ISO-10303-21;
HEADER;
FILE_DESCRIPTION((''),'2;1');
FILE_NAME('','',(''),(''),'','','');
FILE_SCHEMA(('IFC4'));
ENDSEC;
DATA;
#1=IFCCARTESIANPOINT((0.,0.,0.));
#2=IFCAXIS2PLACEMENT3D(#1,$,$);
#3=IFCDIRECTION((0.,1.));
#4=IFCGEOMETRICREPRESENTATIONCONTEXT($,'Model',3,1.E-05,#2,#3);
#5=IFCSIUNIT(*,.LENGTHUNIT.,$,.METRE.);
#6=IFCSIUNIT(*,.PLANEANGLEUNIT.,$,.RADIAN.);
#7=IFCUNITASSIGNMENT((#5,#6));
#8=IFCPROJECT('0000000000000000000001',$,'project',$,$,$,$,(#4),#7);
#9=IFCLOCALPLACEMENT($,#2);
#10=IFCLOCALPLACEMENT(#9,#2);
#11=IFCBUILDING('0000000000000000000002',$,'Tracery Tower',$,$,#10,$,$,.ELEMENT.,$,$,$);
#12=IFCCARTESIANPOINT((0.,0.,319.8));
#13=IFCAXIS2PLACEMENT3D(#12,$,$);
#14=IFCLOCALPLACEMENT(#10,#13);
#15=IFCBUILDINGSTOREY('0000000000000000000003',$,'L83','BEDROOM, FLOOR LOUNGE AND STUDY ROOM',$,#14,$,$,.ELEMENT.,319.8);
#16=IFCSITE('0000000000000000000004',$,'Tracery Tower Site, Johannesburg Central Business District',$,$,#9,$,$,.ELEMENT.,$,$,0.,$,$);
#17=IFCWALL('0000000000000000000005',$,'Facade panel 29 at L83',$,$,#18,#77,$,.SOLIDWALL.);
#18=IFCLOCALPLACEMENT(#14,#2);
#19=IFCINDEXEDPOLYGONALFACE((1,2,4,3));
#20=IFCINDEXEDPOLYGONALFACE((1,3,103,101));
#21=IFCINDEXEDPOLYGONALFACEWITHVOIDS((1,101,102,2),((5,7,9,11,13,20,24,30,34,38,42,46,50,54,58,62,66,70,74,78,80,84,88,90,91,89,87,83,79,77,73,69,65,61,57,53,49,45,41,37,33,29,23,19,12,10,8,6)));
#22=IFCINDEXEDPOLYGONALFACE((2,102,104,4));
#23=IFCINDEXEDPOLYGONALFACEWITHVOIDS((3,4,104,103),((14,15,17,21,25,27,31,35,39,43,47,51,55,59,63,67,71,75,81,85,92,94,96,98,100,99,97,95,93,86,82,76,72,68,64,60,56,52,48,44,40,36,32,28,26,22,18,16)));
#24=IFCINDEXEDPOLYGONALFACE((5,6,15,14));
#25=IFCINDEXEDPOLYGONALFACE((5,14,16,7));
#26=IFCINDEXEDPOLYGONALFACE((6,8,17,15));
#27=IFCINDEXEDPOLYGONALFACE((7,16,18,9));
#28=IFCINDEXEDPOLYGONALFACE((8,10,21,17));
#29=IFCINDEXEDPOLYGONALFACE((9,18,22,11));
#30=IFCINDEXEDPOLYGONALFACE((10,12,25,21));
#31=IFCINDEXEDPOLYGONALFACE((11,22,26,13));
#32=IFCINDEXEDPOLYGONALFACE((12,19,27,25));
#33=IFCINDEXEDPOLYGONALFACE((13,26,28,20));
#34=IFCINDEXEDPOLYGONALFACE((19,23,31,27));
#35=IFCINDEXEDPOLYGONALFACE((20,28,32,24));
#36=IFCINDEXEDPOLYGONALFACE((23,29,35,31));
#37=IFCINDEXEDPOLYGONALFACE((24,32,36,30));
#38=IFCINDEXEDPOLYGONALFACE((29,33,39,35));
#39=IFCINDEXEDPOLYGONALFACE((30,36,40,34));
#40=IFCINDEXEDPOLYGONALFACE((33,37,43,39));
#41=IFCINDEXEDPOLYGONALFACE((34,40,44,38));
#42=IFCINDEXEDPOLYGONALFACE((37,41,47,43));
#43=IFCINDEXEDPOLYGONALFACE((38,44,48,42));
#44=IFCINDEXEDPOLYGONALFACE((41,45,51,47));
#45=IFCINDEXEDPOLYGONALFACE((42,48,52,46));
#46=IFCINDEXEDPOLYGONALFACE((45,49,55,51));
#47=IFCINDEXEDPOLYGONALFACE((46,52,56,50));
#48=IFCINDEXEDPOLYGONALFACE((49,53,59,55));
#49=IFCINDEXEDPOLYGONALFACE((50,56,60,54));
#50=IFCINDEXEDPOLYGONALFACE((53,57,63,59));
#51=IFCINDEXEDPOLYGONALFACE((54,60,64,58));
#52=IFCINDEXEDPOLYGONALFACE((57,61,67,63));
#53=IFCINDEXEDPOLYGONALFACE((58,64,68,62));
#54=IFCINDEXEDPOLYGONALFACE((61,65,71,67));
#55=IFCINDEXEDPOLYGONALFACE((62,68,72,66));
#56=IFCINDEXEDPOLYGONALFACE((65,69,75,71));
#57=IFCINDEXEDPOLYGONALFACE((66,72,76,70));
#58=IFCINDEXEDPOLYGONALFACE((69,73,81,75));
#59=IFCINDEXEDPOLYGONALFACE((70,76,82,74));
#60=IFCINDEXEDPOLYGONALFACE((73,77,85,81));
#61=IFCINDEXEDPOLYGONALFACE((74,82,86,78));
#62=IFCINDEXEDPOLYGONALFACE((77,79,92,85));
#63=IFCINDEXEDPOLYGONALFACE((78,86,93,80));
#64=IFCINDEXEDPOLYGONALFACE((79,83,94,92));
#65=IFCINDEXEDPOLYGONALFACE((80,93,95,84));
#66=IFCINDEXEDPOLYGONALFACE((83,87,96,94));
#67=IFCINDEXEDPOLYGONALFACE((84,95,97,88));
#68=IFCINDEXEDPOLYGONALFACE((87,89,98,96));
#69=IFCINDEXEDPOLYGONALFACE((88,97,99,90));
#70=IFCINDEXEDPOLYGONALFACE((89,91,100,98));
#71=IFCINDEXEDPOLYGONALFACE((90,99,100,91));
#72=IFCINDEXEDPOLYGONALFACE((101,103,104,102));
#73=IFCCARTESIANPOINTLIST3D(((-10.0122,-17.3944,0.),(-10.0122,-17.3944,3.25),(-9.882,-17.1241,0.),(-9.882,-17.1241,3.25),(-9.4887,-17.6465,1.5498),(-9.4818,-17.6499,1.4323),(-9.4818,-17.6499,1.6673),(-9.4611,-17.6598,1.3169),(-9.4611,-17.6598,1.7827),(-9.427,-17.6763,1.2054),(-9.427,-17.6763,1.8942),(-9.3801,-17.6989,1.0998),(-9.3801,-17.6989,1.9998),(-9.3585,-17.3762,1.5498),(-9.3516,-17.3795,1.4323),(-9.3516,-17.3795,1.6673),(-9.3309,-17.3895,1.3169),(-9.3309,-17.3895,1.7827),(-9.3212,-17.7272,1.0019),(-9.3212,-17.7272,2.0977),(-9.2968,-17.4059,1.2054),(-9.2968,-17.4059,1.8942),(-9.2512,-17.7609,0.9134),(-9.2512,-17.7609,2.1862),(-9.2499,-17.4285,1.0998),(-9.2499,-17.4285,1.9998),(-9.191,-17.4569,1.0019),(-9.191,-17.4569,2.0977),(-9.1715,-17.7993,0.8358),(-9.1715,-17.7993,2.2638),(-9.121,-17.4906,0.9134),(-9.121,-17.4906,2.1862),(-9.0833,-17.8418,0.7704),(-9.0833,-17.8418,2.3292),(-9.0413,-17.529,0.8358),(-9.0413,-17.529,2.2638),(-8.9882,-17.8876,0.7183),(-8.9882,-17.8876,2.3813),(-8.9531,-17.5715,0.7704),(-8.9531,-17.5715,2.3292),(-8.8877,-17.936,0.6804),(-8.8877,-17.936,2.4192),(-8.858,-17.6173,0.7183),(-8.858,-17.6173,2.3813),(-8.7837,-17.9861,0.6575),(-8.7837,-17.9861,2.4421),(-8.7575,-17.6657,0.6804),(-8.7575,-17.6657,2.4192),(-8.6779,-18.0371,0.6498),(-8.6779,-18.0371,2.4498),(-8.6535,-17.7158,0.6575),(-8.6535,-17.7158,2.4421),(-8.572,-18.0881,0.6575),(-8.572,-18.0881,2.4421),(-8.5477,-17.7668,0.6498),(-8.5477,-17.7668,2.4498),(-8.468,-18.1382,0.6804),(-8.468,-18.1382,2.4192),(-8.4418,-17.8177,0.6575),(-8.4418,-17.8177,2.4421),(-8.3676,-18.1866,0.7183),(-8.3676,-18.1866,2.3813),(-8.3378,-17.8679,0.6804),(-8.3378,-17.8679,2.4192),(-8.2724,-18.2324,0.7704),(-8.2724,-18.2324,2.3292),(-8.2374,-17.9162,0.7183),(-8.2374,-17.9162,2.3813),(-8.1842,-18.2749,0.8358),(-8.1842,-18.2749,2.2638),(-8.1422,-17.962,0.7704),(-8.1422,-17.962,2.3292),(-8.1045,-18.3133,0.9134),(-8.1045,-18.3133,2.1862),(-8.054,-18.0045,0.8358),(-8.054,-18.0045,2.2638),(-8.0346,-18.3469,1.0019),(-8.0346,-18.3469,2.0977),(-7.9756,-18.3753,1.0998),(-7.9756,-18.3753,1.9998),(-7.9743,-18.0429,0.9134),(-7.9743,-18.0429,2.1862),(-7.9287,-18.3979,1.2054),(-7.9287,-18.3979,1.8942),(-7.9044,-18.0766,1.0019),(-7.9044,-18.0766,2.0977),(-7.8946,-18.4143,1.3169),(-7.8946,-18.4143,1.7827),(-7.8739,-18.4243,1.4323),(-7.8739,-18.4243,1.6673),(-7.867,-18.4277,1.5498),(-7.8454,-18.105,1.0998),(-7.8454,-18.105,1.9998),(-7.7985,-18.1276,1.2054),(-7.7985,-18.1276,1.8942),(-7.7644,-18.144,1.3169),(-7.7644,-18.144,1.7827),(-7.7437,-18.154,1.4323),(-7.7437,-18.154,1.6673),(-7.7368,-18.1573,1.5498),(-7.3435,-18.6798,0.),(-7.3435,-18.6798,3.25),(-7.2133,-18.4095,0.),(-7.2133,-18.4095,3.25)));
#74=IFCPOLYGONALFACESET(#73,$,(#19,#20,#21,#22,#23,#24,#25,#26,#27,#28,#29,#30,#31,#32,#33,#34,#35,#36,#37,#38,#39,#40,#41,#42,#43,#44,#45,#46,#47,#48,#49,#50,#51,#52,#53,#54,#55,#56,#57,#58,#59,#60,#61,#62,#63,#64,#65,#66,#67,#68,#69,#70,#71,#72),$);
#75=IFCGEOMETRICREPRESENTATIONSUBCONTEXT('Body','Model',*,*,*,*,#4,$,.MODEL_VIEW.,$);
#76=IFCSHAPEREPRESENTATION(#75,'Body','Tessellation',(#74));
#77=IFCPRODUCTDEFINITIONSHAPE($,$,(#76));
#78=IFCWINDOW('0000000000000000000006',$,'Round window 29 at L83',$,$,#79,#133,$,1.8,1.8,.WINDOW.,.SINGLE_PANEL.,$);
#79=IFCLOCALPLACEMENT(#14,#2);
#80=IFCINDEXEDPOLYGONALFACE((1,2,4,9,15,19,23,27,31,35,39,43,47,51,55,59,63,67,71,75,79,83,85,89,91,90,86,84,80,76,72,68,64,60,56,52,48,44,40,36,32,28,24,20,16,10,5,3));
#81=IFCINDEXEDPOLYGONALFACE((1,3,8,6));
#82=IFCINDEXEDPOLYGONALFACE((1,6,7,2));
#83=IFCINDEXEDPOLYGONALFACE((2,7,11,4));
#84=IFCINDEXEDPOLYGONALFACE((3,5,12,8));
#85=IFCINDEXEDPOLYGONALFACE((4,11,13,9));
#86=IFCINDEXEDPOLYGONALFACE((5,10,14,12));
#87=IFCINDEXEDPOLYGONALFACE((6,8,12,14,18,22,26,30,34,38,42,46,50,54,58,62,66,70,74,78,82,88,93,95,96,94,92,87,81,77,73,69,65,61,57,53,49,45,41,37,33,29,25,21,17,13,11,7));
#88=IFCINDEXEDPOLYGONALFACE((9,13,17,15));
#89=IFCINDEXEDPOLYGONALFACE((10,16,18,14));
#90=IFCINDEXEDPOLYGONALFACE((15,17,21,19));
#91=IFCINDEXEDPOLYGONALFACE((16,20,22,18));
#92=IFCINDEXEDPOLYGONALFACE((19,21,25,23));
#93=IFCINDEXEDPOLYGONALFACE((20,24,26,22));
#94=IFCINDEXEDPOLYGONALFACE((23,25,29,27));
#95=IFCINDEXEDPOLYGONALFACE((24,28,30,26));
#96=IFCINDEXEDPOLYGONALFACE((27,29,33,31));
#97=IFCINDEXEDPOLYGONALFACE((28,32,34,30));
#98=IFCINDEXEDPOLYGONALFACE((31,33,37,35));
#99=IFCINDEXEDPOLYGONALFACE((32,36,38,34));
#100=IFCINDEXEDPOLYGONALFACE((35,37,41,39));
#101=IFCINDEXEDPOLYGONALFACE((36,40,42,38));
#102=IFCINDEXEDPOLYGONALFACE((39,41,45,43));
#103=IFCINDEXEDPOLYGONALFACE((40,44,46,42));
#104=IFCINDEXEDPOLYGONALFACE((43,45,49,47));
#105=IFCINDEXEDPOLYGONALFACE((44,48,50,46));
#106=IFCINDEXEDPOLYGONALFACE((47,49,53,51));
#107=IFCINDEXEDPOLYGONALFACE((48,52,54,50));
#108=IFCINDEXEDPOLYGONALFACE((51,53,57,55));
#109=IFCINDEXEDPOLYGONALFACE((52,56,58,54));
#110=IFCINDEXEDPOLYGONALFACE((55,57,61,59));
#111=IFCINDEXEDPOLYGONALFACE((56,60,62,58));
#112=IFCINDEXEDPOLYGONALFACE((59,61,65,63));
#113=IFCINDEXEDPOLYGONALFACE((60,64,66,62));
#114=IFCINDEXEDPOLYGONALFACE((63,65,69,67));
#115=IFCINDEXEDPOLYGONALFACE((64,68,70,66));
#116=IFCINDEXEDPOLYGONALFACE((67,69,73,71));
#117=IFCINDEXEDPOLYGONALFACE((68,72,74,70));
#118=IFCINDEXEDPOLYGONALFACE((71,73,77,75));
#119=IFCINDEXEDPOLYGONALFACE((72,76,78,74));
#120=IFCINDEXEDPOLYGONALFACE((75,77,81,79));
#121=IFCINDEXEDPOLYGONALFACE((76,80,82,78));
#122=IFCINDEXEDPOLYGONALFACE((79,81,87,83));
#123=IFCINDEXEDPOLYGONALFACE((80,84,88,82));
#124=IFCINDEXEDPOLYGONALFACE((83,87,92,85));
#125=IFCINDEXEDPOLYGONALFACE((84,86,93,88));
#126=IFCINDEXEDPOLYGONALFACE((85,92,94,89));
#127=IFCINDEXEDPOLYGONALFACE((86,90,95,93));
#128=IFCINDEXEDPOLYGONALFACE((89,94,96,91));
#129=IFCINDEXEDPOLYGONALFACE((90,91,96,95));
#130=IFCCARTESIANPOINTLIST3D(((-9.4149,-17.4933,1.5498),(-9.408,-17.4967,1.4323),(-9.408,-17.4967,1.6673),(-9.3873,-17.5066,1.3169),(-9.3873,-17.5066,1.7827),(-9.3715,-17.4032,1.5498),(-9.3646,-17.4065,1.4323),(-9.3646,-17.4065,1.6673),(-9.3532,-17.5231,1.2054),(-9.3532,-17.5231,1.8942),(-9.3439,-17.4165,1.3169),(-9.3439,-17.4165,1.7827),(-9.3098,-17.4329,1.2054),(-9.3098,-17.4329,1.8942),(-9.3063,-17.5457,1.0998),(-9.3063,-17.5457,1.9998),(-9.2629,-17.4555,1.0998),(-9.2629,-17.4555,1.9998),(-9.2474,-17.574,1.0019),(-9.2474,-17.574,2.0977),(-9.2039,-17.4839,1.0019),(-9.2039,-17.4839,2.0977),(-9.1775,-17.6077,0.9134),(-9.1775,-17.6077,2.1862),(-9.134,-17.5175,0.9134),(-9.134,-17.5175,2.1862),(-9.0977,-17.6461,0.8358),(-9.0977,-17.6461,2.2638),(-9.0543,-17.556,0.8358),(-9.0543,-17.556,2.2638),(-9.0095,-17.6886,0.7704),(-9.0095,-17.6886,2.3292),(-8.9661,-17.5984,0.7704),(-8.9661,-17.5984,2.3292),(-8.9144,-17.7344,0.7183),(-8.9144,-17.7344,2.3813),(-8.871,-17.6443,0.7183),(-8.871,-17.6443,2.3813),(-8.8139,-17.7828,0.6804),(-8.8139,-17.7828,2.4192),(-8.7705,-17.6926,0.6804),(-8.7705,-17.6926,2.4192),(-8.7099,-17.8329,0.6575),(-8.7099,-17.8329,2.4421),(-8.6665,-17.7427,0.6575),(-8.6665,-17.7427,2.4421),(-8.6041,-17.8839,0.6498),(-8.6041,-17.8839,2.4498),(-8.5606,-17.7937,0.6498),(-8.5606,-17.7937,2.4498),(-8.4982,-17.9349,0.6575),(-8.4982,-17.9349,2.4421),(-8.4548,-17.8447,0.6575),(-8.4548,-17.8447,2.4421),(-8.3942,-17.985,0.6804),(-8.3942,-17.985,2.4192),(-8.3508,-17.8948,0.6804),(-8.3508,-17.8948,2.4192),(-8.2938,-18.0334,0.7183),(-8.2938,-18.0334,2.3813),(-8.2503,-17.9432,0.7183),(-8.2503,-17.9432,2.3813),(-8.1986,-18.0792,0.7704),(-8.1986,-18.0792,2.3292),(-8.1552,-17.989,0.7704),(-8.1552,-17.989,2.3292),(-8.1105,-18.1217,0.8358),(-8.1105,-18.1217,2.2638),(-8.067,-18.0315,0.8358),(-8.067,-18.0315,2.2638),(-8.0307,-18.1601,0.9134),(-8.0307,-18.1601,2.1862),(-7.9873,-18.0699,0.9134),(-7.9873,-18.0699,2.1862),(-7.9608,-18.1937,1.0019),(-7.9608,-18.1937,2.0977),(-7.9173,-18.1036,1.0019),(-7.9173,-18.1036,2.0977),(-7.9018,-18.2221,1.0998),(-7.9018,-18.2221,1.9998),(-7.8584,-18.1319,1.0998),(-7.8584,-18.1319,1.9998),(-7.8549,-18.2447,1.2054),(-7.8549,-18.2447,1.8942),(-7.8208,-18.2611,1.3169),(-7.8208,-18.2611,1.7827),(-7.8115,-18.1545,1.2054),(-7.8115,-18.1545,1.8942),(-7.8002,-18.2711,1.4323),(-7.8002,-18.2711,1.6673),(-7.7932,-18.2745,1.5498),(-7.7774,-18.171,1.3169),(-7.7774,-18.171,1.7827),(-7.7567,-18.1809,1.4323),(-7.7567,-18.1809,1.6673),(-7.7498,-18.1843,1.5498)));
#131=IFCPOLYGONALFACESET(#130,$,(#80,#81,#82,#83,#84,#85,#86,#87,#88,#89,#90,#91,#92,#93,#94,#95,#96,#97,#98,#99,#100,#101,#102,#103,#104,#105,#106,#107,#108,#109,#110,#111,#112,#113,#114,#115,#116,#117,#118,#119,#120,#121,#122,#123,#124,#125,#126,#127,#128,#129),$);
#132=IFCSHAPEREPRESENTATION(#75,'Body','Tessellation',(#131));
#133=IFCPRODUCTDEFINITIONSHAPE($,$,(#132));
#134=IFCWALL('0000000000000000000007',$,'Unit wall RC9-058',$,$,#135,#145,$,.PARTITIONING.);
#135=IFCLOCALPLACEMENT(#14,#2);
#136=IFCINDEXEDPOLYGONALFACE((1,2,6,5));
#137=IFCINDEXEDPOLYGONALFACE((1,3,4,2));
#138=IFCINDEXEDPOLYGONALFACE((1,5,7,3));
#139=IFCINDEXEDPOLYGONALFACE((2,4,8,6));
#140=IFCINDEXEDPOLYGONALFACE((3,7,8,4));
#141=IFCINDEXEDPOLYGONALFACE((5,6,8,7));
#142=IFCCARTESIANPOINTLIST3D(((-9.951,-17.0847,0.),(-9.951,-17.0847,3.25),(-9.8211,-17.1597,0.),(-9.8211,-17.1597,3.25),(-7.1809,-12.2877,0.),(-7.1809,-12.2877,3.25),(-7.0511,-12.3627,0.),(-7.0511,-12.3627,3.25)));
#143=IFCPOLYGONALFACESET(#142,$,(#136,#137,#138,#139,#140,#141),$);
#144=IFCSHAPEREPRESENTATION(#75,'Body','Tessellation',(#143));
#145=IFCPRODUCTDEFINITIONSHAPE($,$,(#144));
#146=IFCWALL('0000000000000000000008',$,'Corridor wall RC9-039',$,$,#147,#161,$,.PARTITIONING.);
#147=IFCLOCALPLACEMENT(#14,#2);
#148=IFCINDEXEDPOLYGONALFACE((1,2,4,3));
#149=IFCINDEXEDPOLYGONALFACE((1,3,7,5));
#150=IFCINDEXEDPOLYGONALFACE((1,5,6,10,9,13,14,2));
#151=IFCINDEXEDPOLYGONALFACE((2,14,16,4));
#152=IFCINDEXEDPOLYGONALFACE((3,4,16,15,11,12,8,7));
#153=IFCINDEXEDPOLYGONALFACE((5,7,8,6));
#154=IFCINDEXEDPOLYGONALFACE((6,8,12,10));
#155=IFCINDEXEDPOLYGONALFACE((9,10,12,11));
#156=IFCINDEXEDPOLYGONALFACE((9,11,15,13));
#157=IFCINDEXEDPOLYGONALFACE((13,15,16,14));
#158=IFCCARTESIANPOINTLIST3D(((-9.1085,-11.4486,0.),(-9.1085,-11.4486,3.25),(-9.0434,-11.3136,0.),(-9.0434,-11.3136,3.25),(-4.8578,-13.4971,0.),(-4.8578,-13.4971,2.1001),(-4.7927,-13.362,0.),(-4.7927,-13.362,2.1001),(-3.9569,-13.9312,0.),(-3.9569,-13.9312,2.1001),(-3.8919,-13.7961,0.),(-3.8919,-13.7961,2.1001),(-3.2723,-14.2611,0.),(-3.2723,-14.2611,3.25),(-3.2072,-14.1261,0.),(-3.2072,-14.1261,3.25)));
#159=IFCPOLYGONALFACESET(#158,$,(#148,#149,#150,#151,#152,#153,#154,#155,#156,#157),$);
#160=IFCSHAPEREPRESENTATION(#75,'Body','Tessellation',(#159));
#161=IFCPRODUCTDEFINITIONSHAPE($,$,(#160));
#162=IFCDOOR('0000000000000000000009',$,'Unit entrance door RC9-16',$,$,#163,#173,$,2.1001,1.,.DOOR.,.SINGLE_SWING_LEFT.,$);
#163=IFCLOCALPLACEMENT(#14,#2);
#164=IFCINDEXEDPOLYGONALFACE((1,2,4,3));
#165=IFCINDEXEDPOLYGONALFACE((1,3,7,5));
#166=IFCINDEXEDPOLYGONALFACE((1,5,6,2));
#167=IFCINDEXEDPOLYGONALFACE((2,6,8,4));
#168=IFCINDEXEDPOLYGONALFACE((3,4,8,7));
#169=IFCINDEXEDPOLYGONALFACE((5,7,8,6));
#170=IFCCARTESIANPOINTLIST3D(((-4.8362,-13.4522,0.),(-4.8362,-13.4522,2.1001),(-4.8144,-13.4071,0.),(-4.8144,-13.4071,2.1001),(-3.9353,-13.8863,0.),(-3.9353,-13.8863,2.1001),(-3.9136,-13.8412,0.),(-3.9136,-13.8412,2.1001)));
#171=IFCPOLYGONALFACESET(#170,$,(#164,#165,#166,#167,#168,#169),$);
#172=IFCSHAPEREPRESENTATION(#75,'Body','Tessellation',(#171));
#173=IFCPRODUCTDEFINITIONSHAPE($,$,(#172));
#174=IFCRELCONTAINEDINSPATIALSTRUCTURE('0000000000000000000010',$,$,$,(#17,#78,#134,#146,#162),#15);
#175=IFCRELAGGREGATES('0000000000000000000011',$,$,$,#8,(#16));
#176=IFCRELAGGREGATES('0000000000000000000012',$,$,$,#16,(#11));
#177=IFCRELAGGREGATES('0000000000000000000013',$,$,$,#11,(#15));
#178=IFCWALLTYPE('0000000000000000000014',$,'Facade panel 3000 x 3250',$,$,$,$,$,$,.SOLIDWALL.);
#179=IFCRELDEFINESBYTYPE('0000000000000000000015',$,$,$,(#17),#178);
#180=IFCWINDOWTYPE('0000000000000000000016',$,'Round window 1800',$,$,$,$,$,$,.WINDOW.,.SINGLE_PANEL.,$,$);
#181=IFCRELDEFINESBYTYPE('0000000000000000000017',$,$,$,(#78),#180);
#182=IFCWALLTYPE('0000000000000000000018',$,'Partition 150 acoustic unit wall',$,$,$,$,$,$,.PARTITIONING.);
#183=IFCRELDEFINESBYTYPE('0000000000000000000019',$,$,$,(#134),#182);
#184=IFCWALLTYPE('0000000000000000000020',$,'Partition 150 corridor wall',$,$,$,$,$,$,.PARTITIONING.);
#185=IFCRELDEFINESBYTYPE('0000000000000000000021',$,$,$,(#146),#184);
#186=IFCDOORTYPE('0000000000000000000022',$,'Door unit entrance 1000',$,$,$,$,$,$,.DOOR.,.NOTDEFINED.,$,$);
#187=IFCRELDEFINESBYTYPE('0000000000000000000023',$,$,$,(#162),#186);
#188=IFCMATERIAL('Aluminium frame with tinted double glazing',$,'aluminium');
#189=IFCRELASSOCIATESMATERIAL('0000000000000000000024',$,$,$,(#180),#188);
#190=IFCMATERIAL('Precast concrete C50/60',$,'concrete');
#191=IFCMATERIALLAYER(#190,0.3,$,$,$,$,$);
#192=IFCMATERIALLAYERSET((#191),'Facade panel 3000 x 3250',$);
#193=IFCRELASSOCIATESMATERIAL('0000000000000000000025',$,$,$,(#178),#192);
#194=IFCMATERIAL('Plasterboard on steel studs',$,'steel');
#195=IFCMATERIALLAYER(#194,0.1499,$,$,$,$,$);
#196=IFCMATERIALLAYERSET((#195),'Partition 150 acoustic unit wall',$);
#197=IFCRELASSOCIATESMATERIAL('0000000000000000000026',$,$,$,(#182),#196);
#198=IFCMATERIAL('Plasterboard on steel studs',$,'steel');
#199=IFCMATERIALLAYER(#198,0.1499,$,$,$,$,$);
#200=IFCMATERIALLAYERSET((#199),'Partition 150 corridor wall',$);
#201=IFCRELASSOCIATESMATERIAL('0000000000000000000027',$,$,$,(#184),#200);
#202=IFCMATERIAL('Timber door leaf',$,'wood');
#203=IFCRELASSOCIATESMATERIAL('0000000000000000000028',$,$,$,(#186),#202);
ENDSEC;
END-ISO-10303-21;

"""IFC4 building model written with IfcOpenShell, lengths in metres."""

from ifc_helpers import new_model, si_unit, direction, frame, frame_2d, origin, origin_2d, place, context, subcontext, project, spatial, rectangle, circle, extrude, material, layer, layer_set, type_object, element, fill, save


model = new_model("IFC4")

# Units and contexts
model_context = context("Model", 3, precision=1e-05, world=origin(), true_north=direction((0.0, 1.0)))
body_context = subcontext(model_context, "Body", "Model", "MODEL_VIEW")
ifc_project = project(units=[si_unit("LENGTHUNIT", "METRE"), si_unit("PLANEANGLEUNIT", "RADIAN")], contexts=[model_context])

# Site, building, storey
site_placement = place(None, origin())
site = spatial("IfcSite", under=ifc_project, at=site_placement, Name="Tracery Tower Site, Johannesburg Central Business District", CompositionType="ELEMENT", RefElevation=0.0)
building_placement = place(site_placement, origin())
building = spatial("IfcBuilding", under=site, at=building_placement, Name="Tracery Tower", CompositionType="ELEMENT")
storey_placement = place(building_placement, frame((0.0, 0.0, 319.8)))
storey = spatial("IfcBuildingStorey", under=building, at=storey_placement, Name="L83", Description="BEDROOM, FLOOR LOUNGE AND STUDY ROOM", CompositionType="ELEMENT", Elevation=319.8)

# Wall, opening, window
ifc_material_1 = material(Name="Aluminium frame with tinted double glazing", Category="aluminium")
window_type = type_object("IfcWindowType", Name="Round window 1800", PartitioningType="SINGLE_PANEL", PredefinedType="WINDOW", material=ifc_material_1)
ifc_material_2 = material(Name="Precast concrete C50/60", Category="concrete")
ifc_layer_1 = layer(ifc_material_2, 0.3)
ifc_layer_set_1 = layer_set([ifc_layer_1], Name="Facade panel 3000 x 3250")
wall_type_1 = type_object("IfcWallType", Name="Facade panel 3000 x 3250", PredefinedType="SOLIDWALL", material=ifc_layer_set_1)
wall_1_placement = place(storey_placement, frame((-9.947, -17.2593, 0.0), z_axis=(0.0, 0.0, 1.0), x_axis=(0.90094, -0.433944, 0.0)))
wall_1 = element("IfcWall", 1, at=wall_1_placement, inside=storey, type_object=wall_type_1, Name="Facade panel 29 at L83", PredefinedType="SOLIDWALL", context=body_context, shape_type="SweptSolid", body=[
    extrude(rectangle(XDim=2.9622, YDim=0.3, at=frame_2d((1.481, 0.0))), origin(), (0.0, 0.0, 1.0), 3.25),
])
opening_1_placement = place(wall_1_placement, frame((1.481, 0.0, 1.5498)))
opening_1 = element("IfcOpeningElement", 2, at=opening_1_placement, cuts=wall_1, PredefinedType="OPENING", context=body_context, shape_type="SweptSolid", body=[
    extrude(circle(Radius=0.9, at=origin_2d()), frame((0.0, 0.1599, 0.0), z_axis=(0.0, -1.0, 0.0), x_axis=(1.0, 0.0, 0.0)), (0.0, 0.0, 1.0), 0.3201),
])
window_1_placement = place(opening_1_placement, origin())
window_1 = element("IfcWindow", 3, at=window_1_placement, inside=storey, type_object=window_type, Name="Round window 29 at L83", OverallHeight=1.8, OverallWidth=1.8, PartitioningType="SINGLE_PANEL", PredefinedType="WINDOW", context=body_context, shape_type="SweptSolid", body=[
    extrude(circle(Radius=0.9, at=origin_2d()), frame((0.0, 0.1201, 0.0), z_axis=(0.0, -1.0, 0.0), x_axis=(1.0, 0.0, 0.0)), (0.0, 0.0, 1.0), 0.1001),
])
fill(opening_1, window_1)

# Wall
ifc_material_3 = material(Name="Plasterboard on steel studs", Category="steel")
ifc_layer_2 = layer(ifc_material_3, 0.1499)
ifc_layer_set_2 = layer_set([ifc_layer_2], Name="Partition 150 acoustic unit wall")
wall_type_2 = type_object("IfcWallType", Name="Partition 150 acoustic unit wall", PredefinedType="PARTITIONING", material=ifc_layer_set_2)
wall_2_placement = place(storey_placement, frame((-9.886, -17.1221, 0.0), z_axis=(0.0, 0.0, 1.0), x_axis=(0.500073, 0.865983, 0.0)))
element("IfcWall", 4, at=wall_2_placement, inside=storey, type_object=wall_type_2, Name="Unit wall RC9-058", PredefinedType="PARTITIONING", context=body_context, shape_type="SweptSolid", body=[
    extrude(rectangle(XDim=5.5393, YDim=0.1499, at=frame_2d((2.7695, 0.0))), origin(), (0.0, 0.0, 1.0), 3.25),
])

# Wall, opening, door
ifc_material_4 = material(Name="Plasterboard on steel studs", Category="steel")
ifc_layer_3 = layer(ifc_material_4, 0.1499)
ifc_layer_set_3 = layer_set([ifc_layer_3], Name="Partition 150 corridor wall")
wall_type_3 = type_object("IfcWallType", Name="Partition 150 corridor wall", PredefinedType="PARTITIONING", material=ifc_layer_set_3)
wall_3_placement = place(storey_placement, frame((-9.0759, -11.3811, 0.0), z_axis=(0.0, 0.0, 1.0), x_axis=(0.900852, -0.434127, 0.0)))
wall_3 = element("IfcWall", 5, at=wall_3_placement, inside=storey, type_object=wall_type_3, Name="Corridor wall RC9-039", PredefinedType="PARTITIONING", context=body_context, shape_type="SweptSolid", body=[
    extrude(rectangle(XDim=6.4785, YDim=0.1499, at=frame_2d((3.2393, 0.0))), origin(), (0.0, 0.0, 1.0), 3.25),
])
opening_2_placement = place(wall_3_placement, frame((4.7185, 0.0, 0.0)))
opening_2 = element("IfcOpeningElement", 6, at=opening_2_placement, cuts=wall_3, PredefinedType="OPENING", context=body_context, shape_type="SweptSolid", body=[
    extrude(rectangle(XDim=1.0, YDim=2.1001, at=frame_2d((0.5, 1.05))), frame((0.0, 0.075, 0.0), z_axis=(0.0, -1.0, 0.0), x_axis=(1.0, 0.0, 0.0)), (0.0, 0.0, 1.0), 0.1499),
])
ifc_material_5 = material(Name="Timber door leaf", Category="wood")
door_type = type_object("IfcDoorType", Name="Door unit entrance 1000", OperationType="NOTDEFINED", PredefinedType="DOOR", material=ifc_material_5)
door_placement = place(opening_2_placement, origin())
door = element("IfcDoor", 7, at=door_placement, inside=storey, type_object=door_type, Name="Unit entrance door RC9-16", OperationType="SINGLE_SWING_LEFT", OverallHeight=2.1001, OverallWidth=1.0, PredefinedType="DOOR", context=body_context, shape_type="SweptSolid", body=[
    extrude(rectangle(XDim=1.0, YDim=2.1001, at=frame_2d((0.5, 1.05))), frame((0.0, 0.0249, 0.0), z_axis=(0.0, -1.0, 0.0), x_axis=(1.0, 0.0, 0.0)), (0.0, 0.0, 1.0), 0.05),
])
fill(opening_2, door)

save(model, "model.ifc")
